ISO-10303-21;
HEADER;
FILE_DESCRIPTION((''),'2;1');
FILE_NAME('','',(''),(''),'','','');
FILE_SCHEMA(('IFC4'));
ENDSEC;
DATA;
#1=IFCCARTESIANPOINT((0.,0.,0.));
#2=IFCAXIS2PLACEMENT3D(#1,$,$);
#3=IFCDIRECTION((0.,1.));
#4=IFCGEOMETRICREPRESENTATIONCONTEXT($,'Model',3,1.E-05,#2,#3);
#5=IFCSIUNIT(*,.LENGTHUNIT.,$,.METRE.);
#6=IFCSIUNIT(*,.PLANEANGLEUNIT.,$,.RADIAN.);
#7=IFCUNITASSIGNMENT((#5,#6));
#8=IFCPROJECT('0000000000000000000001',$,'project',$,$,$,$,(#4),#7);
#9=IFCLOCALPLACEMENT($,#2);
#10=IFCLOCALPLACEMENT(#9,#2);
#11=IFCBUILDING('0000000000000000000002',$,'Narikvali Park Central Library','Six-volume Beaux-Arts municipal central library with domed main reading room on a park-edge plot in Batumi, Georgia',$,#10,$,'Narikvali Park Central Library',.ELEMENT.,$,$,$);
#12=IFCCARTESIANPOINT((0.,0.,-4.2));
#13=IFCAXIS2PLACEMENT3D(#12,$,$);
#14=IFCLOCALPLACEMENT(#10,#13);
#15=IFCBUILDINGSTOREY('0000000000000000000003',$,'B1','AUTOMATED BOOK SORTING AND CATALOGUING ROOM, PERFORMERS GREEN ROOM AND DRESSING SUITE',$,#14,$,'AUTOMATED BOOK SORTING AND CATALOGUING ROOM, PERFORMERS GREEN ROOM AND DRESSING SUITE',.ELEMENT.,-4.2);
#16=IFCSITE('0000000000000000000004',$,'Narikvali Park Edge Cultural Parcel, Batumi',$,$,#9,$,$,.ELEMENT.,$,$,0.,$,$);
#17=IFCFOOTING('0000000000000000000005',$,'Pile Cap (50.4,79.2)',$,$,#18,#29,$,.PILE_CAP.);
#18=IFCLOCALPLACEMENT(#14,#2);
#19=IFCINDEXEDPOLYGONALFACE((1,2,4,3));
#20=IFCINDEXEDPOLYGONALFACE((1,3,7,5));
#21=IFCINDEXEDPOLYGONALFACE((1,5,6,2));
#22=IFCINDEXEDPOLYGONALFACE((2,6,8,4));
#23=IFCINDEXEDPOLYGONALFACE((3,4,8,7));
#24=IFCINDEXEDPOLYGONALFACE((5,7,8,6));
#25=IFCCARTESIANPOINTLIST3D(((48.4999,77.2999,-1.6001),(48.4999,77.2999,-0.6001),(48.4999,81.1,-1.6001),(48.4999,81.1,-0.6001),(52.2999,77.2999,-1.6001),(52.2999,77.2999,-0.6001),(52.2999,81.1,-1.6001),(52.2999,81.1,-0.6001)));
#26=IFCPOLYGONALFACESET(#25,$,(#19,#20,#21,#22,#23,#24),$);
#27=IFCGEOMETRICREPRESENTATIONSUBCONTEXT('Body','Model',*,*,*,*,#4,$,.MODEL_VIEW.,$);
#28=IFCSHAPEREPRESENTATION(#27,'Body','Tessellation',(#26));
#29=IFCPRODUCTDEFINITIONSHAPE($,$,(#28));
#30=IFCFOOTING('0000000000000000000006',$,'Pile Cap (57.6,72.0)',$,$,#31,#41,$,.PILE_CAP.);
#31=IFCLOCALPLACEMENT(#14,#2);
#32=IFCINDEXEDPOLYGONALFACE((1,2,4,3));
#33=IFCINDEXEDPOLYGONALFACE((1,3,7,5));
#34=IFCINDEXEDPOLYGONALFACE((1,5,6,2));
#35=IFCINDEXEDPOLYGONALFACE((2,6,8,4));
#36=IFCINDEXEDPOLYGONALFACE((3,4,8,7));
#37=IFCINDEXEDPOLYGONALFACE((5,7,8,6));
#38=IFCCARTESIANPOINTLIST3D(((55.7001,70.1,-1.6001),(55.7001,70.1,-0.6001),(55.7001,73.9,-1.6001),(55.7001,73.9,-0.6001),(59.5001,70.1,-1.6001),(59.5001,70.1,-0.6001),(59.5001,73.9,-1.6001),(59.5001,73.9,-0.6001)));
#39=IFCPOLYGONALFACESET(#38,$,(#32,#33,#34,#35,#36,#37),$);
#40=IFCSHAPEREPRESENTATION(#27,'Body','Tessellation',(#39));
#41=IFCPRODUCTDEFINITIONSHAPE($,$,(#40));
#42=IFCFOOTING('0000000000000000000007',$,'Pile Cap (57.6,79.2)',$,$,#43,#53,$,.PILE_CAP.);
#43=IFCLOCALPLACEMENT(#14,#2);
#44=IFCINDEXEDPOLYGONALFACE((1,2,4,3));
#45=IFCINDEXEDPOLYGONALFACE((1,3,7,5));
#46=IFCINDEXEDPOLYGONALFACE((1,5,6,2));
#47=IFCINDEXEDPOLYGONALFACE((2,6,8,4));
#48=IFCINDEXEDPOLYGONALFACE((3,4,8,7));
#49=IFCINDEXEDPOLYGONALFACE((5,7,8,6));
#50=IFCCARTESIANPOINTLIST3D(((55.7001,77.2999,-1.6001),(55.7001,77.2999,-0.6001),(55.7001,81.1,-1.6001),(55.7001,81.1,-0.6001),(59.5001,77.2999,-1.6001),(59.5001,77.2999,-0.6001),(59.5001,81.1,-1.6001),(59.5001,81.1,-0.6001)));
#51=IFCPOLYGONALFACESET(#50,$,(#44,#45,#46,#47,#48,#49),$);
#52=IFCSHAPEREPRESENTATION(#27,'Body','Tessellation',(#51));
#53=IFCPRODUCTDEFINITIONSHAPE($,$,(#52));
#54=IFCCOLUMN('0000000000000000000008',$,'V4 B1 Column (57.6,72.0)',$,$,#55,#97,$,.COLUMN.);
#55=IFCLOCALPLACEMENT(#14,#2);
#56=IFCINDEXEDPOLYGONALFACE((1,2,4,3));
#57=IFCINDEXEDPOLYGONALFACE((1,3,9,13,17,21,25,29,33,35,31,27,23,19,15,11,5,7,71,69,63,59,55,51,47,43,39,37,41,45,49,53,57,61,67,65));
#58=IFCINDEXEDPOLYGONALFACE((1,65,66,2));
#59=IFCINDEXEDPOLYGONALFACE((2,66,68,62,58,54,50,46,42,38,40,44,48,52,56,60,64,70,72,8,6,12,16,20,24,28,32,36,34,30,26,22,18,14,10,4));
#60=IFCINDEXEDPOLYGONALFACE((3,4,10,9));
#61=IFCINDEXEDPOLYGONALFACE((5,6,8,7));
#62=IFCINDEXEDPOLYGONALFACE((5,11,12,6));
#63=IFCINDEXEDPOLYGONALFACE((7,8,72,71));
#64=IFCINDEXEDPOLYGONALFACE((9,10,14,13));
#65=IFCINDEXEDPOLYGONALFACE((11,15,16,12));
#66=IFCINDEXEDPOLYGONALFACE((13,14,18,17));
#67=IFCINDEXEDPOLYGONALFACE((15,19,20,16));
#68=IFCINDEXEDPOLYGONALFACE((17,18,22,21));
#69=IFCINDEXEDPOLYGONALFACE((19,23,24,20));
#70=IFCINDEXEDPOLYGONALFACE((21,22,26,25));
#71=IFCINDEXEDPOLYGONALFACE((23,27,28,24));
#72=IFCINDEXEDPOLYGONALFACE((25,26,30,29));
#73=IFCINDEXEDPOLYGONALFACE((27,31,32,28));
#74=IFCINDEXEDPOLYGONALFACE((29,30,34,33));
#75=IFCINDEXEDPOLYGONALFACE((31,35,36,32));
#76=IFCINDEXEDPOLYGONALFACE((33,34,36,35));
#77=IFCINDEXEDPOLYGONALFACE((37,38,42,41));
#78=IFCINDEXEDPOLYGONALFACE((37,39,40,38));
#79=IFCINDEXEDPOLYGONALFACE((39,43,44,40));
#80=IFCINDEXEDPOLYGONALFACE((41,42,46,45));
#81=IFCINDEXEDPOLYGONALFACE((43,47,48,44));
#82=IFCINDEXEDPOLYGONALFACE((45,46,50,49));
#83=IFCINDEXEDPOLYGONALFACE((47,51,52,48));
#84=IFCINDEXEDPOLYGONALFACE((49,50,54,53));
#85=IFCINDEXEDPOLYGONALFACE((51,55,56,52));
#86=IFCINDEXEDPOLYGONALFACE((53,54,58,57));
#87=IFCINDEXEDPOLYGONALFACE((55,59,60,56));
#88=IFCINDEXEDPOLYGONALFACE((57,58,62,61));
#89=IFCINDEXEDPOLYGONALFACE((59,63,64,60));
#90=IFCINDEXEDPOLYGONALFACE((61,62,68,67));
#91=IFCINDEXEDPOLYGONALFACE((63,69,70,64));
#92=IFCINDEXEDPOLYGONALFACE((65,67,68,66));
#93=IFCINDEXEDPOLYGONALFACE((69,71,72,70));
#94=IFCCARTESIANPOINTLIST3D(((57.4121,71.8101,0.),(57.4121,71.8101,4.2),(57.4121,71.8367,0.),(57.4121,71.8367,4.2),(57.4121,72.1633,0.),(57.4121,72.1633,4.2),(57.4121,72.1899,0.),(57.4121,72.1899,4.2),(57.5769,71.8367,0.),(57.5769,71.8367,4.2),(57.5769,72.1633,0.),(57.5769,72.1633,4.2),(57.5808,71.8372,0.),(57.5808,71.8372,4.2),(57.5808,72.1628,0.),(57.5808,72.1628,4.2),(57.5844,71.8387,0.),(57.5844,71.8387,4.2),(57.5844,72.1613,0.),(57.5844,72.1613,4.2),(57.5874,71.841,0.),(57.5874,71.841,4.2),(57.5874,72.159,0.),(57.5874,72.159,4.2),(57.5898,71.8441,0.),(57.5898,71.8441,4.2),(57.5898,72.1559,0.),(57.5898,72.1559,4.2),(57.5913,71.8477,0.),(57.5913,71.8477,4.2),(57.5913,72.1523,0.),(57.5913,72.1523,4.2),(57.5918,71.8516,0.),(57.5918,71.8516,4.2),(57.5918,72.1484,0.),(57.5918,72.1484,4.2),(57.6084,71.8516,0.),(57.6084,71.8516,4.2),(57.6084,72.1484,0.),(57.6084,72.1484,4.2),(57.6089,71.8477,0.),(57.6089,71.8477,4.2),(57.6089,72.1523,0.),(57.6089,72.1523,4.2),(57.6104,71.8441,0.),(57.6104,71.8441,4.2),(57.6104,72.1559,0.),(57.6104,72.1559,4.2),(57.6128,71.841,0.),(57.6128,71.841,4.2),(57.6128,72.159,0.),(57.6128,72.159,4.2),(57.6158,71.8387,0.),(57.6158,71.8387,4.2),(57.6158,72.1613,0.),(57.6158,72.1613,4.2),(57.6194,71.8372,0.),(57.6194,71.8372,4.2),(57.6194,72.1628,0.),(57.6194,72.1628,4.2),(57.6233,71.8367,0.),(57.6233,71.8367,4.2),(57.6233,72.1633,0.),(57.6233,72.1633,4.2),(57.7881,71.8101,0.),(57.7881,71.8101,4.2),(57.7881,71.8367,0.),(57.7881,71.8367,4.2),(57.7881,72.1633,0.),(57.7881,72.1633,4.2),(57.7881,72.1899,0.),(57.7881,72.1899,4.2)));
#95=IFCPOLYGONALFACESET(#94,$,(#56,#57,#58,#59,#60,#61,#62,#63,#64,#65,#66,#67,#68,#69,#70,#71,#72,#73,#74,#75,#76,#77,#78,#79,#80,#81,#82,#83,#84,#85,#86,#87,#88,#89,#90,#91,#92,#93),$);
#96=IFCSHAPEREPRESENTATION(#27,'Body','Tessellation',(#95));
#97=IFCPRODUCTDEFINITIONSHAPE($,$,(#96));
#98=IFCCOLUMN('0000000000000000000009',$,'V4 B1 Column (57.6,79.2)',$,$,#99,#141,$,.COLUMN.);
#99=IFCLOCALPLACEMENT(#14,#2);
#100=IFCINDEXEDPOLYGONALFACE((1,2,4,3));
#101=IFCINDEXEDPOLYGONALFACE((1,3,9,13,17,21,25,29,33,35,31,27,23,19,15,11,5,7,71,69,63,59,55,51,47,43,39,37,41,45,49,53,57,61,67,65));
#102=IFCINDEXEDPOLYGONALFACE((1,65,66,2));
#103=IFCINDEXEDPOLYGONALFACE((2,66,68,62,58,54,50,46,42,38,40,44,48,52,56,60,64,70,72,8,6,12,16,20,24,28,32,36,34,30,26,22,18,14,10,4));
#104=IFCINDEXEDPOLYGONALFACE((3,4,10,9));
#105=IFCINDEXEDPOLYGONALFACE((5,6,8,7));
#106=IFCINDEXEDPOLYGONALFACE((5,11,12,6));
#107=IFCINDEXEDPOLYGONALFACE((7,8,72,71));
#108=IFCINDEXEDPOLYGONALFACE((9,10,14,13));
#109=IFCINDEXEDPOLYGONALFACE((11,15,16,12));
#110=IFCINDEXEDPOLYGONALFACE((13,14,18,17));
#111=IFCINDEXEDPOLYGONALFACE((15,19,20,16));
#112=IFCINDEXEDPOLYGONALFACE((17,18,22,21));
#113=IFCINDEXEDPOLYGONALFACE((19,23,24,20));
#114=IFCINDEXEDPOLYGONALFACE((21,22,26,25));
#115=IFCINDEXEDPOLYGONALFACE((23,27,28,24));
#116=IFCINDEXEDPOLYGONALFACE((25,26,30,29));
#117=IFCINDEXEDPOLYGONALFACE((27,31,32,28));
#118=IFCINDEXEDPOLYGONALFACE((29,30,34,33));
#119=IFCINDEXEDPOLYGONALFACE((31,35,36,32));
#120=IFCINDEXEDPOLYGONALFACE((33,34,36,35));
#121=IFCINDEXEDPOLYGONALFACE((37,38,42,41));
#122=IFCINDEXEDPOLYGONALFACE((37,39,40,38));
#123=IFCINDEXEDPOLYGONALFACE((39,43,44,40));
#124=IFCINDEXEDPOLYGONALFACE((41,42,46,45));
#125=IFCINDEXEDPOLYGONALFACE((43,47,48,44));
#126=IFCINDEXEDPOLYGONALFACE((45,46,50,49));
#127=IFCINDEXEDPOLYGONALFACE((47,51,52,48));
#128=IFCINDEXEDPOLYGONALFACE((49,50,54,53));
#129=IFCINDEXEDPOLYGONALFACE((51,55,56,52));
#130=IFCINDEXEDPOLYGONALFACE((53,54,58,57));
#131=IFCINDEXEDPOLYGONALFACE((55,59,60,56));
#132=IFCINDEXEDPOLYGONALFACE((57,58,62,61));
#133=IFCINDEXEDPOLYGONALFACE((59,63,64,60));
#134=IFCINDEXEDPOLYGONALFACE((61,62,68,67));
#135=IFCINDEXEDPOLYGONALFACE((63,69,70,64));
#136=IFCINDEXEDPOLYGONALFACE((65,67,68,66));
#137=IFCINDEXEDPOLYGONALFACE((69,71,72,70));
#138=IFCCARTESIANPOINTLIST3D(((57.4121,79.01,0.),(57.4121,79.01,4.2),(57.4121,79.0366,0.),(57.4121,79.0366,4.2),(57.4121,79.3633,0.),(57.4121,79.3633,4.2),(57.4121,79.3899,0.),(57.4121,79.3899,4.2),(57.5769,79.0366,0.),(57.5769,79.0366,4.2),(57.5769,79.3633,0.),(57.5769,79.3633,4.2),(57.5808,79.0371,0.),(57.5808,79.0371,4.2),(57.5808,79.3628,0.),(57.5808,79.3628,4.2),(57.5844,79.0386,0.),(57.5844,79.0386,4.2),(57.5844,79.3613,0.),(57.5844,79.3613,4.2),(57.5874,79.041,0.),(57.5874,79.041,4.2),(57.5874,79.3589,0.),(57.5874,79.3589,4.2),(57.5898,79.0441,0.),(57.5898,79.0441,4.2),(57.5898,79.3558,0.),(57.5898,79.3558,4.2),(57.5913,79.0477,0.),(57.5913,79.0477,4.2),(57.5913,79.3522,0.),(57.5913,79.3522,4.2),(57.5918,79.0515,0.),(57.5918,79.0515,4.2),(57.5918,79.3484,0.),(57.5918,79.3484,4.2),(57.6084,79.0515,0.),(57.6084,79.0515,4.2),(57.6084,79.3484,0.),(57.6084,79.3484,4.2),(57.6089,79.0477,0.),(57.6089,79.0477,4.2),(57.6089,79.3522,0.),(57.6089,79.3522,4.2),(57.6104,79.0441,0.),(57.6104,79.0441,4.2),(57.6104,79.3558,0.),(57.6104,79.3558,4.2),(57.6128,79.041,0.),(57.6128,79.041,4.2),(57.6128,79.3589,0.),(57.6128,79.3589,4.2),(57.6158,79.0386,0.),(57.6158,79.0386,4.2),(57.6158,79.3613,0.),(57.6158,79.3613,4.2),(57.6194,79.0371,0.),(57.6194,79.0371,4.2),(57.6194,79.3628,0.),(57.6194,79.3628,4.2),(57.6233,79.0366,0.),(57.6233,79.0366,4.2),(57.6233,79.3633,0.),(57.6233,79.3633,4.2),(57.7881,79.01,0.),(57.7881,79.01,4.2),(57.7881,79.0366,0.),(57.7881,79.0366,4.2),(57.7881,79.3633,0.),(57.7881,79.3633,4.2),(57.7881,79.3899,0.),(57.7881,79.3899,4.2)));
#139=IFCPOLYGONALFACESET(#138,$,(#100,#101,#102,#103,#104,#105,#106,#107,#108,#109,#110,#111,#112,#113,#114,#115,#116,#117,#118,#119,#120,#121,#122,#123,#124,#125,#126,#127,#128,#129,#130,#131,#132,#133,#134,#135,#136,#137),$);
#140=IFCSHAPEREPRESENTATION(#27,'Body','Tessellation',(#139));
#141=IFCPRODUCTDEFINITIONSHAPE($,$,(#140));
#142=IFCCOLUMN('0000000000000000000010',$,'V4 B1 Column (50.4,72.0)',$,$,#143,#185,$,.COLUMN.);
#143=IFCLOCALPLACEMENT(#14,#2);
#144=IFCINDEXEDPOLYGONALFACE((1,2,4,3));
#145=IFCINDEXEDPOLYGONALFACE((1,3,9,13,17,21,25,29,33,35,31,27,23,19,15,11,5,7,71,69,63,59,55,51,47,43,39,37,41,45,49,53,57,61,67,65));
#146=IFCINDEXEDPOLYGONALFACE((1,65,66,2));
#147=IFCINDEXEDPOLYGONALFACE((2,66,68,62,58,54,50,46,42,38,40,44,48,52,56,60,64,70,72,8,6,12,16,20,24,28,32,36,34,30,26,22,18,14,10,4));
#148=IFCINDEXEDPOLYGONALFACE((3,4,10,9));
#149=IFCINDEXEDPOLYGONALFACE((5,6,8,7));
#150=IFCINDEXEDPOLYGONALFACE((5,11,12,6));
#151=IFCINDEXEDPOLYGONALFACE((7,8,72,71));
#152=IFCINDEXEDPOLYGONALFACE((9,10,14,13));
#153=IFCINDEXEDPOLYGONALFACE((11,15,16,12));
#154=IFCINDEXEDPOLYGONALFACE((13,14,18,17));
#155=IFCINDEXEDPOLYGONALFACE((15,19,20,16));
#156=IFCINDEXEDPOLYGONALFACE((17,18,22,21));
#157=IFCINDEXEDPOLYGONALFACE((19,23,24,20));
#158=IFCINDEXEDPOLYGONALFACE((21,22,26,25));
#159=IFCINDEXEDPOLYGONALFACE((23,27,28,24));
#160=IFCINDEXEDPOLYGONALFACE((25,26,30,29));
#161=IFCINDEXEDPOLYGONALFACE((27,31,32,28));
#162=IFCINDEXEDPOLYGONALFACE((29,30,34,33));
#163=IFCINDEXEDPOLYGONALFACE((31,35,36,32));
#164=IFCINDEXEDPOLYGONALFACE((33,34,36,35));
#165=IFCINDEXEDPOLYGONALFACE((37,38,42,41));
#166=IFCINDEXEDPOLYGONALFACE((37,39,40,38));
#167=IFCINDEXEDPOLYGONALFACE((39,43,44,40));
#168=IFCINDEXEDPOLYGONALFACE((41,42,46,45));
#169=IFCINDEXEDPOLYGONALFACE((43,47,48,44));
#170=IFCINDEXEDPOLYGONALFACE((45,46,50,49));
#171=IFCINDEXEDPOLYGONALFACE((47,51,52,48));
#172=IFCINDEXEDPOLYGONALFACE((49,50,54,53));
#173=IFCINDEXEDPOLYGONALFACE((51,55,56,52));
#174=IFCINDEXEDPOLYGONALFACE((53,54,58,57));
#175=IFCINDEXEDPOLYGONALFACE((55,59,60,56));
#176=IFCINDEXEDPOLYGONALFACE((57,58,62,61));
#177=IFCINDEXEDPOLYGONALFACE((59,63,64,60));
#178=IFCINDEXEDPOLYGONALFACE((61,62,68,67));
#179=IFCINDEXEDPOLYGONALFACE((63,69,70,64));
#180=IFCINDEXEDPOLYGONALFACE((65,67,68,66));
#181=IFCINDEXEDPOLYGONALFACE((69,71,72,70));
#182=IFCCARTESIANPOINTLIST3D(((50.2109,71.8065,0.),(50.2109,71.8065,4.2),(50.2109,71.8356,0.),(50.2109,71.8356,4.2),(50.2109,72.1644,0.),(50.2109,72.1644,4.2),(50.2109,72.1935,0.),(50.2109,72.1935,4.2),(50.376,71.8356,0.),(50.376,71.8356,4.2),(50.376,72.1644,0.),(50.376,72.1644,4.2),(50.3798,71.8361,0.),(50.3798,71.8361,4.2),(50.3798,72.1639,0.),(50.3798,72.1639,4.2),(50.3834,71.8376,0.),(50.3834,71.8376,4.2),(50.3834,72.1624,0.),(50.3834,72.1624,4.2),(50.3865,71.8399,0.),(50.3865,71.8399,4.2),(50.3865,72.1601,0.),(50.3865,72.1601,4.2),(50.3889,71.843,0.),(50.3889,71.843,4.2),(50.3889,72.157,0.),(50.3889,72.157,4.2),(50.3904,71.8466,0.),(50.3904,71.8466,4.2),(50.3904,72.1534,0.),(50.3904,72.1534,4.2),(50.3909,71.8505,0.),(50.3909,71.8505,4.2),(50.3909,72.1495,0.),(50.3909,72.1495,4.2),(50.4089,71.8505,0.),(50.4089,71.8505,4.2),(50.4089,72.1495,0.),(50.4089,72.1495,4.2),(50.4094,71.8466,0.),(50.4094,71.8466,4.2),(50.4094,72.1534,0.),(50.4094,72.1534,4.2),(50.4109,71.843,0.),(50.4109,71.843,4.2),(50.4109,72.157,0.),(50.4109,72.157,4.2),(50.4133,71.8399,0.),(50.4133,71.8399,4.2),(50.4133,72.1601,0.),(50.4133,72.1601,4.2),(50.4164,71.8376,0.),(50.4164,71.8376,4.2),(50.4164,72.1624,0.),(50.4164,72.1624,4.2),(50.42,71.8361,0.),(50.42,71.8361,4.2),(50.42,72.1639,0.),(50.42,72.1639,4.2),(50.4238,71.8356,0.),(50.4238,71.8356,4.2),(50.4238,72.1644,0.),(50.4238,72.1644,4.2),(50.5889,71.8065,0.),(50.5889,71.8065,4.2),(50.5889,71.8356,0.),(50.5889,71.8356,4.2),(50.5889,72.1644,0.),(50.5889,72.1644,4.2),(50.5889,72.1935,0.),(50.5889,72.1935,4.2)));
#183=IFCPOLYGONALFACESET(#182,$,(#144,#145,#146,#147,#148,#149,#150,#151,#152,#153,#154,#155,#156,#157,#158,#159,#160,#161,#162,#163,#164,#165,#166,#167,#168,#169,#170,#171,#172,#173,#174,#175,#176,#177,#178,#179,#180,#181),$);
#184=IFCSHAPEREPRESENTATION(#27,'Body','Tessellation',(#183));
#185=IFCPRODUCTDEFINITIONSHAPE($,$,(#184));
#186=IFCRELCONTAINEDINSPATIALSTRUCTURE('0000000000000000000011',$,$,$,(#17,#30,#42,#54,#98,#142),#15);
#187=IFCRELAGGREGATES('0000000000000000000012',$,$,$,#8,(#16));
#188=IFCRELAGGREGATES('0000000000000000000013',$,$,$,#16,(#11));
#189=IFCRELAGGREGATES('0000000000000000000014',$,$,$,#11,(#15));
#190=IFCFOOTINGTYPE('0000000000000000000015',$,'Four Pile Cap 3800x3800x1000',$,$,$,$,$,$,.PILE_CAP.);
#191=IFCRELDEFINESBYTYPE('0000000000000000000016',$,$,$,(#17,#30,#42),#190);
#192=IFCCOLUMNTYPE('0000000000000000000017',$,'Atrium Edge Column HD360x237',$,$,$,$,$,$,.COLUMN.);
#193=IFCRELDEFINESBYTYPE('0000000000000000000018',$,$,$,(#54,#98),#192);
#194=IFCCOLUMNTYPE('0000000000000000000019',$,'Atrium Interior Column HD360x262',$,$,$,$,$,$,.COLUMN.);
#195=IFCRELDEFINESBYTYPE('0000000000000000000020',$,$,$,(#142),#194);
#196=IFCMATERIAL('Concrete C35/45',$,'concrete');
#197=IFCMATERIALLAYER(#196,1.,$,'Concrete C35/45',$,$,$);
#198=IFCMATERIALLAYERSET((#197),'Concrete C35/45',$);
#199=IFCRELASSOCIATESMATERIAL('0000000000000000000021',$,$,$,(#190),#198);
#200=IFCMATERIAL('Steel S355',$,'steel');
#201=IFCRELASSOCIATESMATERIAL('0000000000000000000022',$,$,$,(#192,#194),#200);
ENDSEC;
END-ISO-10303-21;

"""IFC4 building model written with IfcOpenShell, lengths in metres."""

from ifc_helpers import new_model, si_unit, direction, frame, origin, origin_2d, place, context, subcontext, project, spatial, rectangle, i_section, extrude, material, layer, layer_set, material_profile, profile_set, type_object, element, save


model = new_model("IFC4")

# Units and contexts
model_context = context("Model", 3, precision=1e-05, world=origin(), true_north=direction((0.0, 1.0)))
body_context = subcontext(model_context, "Body", "Model", "MODEL_VIEW")
ifc_project = project(units=[si_unit("LENGTHUNIT", "METRE"), si_unit("PLANEANGLEUNIT", "RADIAN")], contexts=[model_context])

# Site, building, storey
site_placement = place(None, origin())
site = spatial("IfcSite", under=ifc_project, at=site_placement, Name="Narikvali Park Edge Cultural Parcel, Batumi", CompositionType="ELEMENT", RefElevation=0.0)
building_placement = place(site_placement, origin())
building = spatial("IfcBuilding", under=site, at=building_placement, Name="Narikvali Park Central Library", Description="Six-volume Beaux-Arts municipal central library with domed main reading room on a park-edge plot in Batumi, Georgia", LongName="Narikvali Park Central Library", CompositionType="ELEMENT")
storey_placement = place(building_placement, frame((0.0, 0.0, -4.2)))
storey = spatial("IfcBuildingStorey", under=building, at=storey_placement, Name="B1", Description="AUTOMATED BOOK SORTING AND CATALOGUING ROOM, PERFORMERS GREEN ROOM AND DRESSING SUITE", LongName="AUTOMATED BOOK SORTING AND CATALOGUING ROOM, PERFORMERS GREEN ROOM AND DRESSING SUITE", CompositionType="ELEMENT", Elevation=-4.2)

# Shared definitions
ifc_material_1 = material(Name="Concrete C35/45", Category="concrete")

# Footings
ifc_layer_1 = layer(ifc_material_1, 1.0, Name="Concrete C35/45")
ifc_layer_set_1 = layer_set([ifc_layer_1], Name="Concrete C35/45")
footing_type_1 = type_object("IfcFootingType", Name="Four Pile Cap 3800x3800x1000", PredefinedType="PILE_CAP", material=ifc_layer_set_1)
for number, where, z_axis, x_axis, name in (
    (1, (50.3999, 79.2, -1.6001), (0.0, 0.0, 1.0), (1.0, 0.0, 0.0), "Pile Cap (50.4,79.2)"),
    (2, (57.6001, 72.0, -1.6001), (0.0, 0.0, 1.0), (1.0, 0.0, 0.0), "Pile Cap (57.6,72.0)"),
    (3, (57.6001, 79.2, -1.6001), (0.0, 0.0, 1.0), (1.0, 0.0, 0.0), "Pile Cap (57.6,79.2)"),
):
    element("IfcFooting", number, at=place(storey_placement, frame(where, z_axis=z_axis, x_axis=x_axis)), inside=storey, type_object=footing_type_1, Name=name, PredefinedType="PILE_CAP", context=body_context, shape_type="SweptSolid", body=[
        extrude(rectangle(XDim=3.8, YDim=3.8, at=origin_2d()), origin(), (0.0, 0.0, 1.0), 1.0),
    ])

# Columns
ifc_material_2 = material(Name="Steel S355", Category="steel")
ifc_material_profile_1 = material_profile(ifc_material_2, i_section(OverallWidth=0.376, OverallDepth=0.3799, WebThickness=0.0166, FlangeThickness=0.0266, FilletRadius=0.0149, at=origin_2d()), Name="HD 360x237")
ifc_profile_set_1 = profile_set([ifc_material_profile_1], Name="Steel S355")
column_type_1 = type_object("IfcColumnType", Name="Atrium Edge Column HD360x237", PredefinedType="COLUMN", material=ifc_profile_set_1)
for number, where, z_axis, x_axis, name in (
    (4, (57.6001, 72.0, 0.0), (0.0, 0.0, 1.0), (1.0, 0.0, 0.0), "V4 B1 Column (57.6,72.0)"),
    (5, (57.6001, 79.2, 0.0), (0.0, 0.0, 1.0), (1.0, 0.0, 0.0), "V4 B1 Column (57.6,79.2)"),
):
    element("IfcColumn", number, at=place(storey_placement, frame(where, z_axis=z_axis, x_axis=x_axis)), inside=storey, type_object=column_type_1, Name=name, PredefinedType="COLUMN", context=body_context, shape_type="SweptSolid", body=[
        extrude(i_section(OverallWidth=0.376, OverallDepth=0.3799, WebThickness=0.0166, FlangeThickness=0.0266, FilletRadius=0.0149, at=origin_2d()), origin(), (0.0, 0.0, 1.0), 4.2),
    ])
ifc_material_profile_2 = material_profile(ifc_material_2, i_section(OverallWidth=0.3779, OverallDepth=0.387, WebThickness=0.0181, FlangeThickness=0.0291, FilletRadius=0.0149, at=origin_2d()), Name="HD 360x262")
ifc_profile_set_2 = profile_set([ifc_material_profile_2], Name="Steel S355")
column_type_2 = type_object("IfcColumnType", Name="Atrium Interior Column HD360x262", PredefinedType="COLUMN", material=ifc_profile_set_2)
for number, where, z_axis, x_axis, name in (
    (6, (50.3999, 72.0, 0.0), (0.0, 0.0, 1.0), (1.0, 0.0, 0.0), "V4 B1 Column (50.4,72.0)"),
):
    element("IfcColumn", number, at=place(storey_placement, frame(where, z_axis=z_axis, x_axis=x_axis)), inside=storey, type_object=column_type_2, Name=name, PredefinedType="COLUMN", context=body_context, shape_type="SweptSolid", body=[
        extrude(i_section(OverallWidth=0.3779, OverallDepth=0.387, WebThickness=0.0181, FlangeThickness=0.0291, FilletRadius=0.0149, at=origin_2d()), origin(), (0.0, 0.0, 1.0), 4.2),
    ])

save(model, "model.ifc")
